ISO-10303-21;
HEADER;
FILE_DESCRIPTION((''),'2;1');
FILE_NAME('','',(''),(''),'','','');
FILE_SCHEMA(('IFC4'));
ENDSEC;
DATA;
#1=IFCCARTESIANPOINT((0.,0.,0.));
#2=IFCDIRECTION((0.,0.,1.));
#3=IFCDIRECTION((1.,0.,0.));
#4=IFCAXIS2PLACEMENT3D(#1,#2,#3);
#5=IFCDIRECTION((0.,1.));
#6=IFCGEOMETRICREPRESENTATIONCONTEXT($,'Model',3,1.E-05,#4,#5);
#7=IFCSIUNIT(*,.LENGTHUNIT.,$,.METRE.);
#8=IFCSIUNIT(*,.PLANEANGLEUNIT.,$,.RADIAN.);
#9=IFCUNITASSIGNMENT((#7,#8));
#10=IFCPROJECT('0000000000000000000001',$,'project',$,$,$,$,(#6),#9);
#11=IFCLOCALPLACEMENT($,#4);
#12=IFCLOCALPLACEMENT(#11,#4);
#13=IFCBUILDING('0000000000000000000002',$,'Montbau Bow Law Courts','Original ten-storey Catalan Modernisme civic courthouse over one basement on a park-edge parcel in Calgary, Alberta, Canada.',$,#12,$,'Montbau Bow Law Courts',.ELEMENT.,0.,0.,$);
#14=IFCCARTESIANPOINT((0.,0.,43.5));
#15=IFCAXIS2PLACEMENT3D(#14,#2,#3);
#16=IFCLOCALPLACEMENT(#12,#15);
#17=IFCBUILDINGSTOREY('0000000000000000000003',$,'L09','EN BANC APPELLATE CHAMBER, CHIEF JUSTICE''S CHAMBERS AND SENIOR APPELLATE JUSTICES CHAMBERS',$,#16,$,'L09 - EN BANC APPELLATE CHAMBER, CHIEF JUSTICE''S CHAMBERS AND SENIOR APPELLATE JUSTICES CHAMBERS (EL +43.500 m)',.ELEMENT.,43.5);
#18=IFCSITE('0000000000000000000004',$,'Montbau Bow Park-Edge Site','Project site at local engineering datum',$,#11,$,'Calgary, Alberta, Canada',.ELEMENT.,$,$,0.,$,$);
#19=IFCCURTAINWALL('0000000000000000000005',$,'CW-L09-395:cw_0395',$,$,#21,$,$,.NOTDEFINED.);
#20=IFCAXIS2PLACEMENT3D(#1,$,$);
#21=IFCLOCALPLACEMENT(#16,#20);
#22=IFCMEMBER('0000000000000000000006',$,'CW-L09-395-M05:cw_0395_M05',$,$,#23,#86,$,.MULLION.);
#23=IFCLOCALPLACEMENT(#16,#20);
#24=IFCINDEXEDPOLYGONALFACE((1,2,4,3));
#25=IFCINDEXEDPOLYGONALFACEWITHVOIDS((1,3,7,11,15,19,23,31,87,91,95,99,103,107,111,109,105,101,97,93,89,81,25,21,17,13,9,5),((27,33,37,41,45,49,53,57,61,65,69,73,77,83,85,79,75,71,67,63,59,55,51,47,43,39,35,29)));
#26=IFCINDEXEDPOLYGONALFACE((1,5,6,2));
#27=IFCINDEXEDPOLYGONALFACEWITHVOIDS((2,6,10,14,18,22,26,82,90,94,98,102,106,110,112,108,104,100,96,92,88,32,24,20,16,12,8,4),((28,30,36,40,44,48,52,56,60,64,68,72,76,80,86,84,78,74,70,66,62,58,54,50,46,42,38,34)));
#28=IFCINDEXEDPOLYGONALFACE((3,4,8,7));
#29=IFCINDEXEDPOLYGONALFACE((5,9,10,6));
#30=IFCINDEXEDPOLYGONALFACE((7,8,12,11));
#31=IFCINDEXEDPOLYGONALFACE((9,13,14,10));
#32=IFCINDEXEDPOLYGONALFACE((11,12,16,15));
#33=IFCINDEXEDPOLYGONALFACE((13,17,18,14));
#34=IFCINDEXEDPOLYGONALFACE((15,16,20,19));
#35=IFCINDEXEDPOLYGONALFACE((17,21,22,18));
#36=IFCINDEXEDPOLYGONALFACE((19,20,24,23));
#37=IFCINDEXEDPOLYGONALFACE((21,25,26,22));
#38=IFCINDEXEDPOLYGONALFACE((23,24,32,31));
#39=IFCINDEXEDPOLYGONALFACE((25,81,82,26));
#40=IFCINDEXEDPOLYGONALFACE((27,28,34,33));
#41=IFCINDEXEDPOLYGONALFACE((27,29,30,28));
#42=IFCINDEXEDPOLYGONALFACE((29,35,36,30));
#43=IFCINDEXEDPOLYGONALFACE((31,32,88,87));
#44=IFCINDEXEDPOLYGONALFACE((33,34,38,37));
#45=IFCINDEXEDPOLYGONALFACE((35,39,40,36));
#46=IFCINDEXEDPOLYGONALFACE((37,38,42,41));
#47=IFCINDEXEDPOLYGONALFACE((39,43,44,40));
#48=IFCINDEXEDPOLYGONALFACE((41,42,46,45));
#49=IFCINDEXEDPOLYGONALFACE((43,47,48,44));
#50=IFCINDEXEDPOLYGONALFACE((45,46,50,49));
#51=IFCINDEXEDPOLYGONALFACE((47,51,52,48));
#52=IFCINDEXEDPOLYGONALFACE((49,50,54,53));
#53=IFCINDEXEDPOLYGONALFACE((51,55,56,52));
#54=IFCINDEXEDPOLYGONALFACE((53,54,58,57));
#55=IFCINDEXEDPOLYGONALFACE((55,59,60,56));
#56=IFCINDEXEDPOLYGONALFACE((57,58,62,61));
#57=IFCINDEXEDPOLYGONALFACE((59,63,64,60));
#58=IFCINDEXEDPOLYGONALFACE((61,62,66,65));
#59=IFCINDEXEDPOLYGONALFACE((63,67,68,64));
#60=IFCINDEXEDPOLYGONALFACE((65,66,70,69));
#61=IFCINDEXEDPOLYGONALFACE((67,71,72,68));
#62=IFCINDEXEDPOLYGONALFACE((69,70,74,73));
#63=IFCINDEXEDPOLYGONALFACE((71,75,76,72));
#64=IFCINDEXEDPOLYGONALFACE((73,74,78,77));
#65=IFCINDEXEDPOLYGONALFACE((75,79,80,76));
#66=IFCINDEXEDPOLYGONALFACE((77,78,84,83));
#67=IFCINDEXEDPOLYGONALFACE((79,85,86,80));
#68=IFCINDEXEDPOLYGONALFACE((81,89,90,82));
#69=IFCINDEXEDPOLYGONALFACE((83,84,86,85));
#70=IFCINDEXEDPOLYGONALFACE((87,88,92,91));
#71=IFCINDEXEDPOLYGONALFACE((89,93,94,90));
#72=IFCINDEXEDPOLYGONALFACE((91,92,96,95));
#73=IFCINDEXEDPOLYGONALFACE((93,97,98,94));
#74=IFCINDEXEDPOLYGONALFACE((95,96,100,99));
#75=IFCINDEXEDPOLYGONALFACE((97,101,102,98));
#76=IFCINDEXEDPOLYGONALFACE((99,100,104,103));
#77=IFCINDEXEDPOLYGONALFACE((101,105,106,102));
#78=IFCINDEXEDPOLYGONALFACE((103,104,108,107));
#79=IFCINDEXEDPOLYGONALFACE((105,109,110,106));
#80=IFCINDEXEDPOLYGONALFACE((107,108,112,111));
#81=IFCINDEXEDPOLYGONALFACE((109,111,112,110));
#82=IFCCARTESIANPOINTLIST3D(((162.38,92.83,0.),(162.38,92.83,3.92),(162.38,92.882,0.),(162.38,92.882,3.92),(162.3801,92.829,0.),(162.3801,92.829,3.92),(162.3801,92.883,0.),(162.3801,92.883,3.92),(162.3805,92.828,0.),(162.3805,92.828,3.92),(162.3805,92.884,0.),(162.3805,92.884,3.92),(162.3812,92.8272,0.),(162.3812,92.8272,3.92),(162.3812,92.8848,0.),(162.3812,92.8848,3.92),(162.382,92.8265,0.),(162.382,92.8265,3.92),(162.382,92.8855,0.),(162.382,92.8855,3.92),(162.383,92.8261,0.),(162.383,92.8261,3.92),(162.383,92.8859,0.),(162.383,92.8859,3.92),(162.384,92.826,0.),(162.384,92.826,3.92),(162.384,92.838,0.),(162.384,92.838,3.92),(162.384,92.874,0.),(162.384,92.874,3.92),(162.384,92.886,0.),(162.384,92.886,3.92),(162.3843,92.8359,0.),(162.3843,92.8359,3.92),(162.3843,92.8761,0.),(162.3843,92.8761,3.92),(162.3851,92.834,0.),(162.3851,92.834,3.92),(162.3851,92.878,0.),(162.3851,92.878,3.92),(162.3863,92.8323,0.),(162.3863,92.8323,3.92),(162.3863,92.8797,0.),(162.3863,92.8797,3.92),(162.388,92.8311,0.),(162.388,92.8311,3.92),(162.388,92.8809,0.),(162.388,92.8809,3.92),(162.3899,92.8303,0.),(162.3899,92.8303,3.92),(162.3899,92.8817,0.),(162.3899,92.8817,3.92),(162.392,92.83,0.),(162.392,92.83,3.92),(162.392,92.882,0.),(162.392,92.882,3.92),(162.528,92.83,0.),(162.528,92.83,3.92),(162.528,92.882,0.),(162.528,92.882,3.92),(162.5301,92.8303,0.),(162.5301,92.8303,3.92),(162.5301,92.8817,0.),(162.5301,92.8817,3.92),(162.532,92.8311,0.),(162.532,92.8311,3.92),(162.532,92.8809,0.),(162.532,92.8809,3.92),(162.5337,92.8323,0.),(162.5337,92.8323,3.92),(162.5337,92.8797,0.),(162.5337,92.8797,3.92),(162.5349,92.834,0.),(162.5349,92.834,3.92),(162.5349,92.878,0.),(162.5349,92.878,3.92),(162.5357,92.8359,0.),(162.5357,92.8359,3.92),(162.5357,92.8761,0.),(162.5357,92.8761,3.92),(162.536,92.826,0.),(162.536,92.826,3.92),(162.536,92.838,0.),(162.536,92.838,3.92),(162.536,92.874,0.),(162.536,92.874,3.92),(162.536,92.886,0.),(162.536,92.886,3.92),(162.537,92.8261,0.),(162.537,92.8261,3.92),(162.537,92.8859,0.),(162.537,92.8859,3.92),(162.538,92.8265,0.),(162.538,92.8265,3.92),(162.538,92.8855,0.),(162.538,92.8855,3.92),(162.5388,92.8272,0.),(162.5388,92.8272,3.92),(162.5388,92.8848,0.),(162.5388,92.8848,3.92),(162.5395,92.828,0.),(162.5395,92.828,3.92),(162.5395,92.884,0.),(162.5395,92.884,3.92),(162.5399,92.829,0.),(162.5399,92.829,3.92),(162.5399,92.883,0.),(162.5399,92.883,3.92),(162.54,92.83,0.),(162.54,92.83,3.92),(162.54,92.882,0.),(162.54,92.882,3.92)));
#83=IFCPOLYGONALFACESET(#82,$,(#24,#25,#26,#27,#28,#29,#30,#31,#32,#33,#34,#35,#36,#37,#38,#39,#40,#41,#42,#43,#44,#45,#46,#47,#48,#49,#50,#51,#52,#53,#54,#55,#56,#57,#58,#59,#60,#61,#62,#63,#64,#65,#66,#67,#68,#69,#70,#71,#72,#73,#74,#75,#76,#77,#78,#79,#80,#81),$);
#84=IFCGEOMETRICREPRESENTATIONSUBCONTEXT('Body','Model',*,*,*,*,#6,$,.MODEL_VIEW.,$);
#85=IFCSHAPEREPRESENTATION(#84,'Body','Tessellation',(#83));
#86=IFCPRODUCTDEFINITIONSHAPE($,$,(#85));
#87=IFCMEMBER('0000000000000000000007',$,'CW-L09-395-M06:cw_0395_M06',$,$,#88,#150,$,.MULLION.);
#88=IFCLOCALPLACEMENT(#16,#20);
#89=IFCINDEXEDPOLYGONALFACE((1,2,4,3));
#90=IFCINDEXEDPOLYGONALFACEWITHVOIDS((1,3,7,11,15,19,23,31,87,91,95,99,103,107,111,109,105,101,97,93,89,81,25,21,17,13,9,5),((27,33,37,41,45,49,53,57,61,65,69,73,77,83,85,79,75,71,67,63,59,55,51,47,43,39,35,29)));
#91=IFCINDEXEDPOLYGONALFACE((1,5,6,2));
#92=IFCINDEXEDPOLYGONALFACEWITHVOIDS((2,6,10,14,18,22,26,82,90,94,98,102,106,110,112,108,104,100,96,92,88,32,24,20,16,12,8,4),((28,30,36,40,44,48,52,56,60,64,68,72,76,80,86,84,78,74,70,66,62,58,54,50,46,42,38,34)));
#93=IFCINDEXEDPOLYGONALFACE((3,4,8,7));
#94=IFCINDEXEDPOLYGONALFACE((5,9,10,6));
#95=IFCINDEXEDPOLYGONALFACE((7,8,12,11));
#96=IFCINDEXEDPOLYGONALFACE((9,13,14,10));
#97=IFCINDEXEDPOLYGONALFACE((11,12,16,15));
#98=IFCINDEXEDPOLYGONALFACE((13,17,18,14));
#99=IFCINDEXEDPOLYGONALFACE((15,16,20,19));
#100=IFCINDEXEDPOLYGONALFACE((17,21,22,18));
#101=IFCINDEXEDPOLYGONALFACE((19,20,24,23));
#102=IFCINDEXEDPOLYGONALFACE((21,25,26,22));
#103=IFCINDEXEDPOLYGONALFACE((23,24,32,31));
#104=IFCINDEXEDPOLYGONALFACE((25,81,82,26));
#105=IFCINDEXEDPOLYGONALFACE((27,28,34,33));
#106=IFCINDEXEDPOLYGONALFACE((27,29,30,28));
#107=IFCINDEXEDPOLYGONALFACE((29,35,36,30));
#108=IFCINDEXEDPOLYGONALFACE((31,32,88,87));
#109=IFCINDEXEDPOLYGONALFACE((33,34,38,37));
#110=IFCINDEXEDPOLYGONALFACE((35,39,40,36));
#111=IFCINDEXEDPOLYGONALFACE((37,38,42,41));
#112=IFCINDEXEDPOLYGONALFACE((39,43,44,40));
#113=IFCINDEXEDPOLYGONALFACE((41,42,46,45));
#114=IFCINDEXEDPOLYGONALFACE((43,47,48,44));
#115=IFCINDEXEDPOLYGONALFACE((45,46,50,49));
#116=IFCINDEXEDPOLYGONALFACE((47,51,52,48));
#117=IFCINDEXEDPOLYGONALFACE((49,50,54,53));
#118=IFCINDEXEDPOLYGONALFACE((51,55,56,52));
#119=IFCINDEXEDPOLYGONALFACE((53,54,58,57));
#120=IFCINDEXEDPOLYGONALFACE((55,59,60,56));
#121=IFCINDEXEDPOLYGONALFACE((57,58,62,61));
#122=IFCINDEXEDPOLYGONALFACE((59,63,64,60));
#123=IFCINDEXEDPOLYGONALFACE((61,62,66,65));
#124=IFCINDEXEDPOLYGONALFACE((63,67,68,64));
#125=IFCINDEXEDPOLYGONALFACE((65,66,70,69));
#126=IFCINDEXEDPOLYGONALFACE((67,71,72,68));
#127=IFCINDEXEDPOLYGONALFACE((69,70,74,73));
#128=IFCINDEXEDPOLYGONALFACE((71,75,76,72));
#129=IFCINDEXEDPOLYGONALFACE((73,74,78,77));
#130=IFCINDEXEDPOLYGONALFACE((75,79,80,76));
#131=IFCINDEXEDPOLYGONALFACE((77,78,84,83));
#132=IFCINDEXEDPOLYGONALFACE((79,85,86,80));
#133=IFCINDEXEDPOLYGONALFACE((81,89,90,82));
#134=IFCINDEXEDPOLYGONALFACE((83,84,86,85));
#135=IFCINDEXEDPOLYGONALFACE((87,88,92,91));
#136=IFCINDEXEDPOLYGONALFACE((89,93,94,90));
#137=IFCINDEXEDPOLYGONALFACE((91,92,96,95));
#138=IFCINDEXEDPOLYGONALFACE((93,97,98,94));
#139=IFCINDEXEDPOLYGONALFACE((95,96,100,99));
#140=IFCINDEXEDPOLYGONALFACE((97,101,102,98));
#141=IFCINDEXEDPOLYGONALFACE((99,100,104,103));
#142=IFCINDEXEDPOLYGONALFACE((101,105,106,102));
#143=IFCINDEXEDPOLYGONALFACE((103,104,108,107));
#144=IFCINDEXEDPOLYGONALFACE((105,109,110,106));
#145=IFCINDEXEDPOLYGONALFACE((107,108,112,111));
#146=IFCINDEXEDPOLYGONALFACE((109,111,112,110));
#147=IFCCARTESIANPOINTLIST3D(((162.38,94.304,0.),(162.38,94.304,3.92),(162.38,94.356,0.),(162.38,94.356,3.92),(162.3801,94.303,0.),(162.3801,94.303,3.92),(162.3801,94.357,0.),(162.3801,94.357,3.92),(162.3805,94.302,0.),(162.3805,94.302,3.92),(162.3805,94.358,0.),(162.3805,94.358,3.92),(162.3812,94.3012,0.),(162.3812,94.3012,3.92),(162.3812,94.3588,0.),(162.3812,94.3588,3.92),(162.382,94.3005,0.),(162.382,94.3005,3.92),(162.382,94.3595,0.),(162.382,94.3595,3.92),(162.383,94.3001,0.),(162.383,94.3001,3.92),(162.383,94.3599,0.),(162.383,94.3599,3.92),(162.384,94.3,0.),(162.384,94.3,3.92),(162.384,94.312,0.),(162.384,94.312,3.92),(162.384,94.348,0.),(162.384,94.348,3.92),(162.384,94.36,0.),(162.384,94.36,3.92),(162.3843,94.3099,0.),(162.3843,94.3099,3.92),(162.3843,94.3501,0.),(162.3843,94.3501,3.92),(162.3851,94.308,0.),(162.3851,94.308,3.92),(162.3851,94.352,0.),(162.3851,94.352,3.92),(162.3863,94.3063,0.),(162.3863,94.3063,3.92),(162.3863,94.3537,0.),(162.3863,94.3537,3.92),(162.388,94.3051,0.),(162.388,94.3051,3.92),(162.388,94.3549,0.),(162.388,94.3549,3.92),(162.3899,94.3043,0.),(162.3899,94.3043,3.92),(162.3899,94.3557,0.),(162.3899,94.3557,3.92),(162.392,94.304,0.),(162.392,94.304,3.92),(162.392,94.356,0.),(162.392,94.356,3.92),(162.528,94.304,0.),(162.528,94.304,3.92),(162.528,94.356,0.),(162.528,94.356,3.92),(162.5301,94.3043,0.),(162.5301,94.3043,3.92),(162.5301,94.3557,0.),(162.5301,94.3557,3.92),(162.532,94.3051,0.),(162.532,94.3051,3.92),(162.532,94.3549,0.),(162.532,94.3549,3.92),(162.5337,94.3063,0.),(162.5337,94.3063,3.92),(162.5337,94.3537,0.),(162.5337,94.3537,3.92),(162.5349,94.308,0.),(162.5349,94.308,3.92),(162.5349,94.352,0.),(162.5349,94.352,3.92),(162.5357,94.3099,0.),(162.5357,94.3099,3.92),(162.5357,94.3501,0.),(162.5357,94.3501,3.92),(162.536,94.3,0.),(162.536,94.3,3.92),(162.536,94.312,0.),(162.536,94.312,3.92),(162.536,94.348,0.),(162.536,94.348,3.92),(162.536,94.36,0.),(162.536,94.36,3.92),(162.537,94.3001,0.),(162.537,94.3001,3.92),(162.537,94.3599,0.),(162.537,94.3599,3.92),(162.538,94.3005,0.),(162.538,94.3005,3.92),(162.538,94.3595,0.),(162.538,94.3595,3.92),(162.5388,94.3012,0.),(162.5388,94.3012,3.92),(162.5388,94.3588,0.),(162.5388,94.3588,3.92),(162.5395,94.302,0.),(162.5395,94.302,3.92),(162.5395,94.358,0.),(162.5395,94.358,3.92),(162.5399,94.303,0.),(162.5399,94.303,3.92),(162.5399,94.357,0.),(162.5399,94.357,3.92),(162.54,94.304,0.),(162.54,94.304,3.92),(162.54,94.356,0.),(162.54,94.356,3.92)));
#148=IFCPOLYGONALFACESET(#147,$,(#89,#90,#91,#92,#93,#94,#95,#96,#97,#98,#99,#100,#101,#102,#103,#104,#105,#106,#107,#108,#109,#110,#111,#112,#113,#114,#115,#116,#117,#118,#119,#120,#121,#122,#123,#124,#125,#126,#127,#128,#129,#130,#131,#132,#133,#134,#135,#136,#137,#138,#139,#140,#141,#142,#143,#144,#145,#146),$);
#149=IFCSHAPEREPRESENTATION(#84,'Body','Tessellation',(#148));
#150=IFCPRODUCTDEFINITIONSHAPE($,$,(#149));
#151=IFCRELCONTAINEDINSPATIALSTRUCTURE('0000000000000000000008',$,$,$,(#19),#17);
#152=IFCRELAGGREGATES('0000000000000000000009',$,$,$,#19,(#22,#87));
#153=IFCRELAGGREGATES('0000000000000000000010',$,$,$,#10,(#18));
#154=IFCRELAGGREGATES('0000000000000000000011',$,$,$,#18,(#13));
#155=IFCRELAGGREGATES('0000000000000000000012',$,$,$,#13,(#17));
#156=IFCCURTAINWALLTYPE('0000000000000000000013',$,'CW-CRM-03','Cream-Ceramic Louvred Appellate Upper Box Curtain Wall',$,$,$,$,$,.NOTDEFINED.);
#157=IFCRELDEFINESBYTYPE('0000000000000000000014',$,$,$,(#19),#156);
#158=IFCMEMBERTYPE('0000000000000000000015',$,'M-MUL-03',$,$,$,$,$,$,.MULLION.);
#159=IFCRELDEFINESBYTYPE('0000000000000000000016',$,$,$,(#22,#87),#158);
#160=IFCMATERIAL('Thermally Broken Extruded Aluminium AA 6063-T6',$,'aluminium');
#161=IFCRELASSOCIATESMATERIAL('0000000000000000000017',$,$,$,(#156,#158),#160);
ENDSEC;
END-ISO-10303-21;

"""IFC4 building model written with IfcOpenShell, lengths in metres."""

from ifc_helpers import new_model, si_unit, direction, frame, origin_with_axes, origin_2d_with_axis, place, context, subcontext, project, spatial, hollow_rectangle, extrude, material, material_profile, profile_set, type_object, element, aggregate, save


model = new_model("IFC4")

# Units and contexts
model_context = context("Model", 3, precision=1e-05, world=origin_with_axes(), true_north=direction((0.0, 1.0)))
body_context = subcontext(model_context, "Body", "Model", "MODEL_VIEW")
ifc_project = project(units=[si_unit("LENGTHUNIT", "METRE"), si_unit("PLANEANGLEUNIT", "RADIAN")], contexts=[model_context])

# Site, building, storey
site_placement = place(None, origin_with_axes())
site = spatial("IfcSite", under=ifc_project, at=site_placement, Name="Montbau Bow Park-Edge Site", Description="Project site at local engineering datum", LongName="Calgary, Alberta, Canada", CompositionType="ELEMENT", RefElevation=0.0)
building_placement = place(site_placement, origin_with_axes())
building = spatial("IfcBuilding", under=site, at=building_placement, Name="Montbau Bow Law Courts", Description="Original ten-storey Catalan Modernisme civic courthouse over one basement on a park-edge parcel in Calgary, Alberta, Canada.", LongName="Montbau Bow Law Courts", CompositionType="ELEMENT", ElevationOfRefHeight=0.0, ElevationOfTerrain=0.0)
storey_placement = place(building_placement, frame((0.0, 0.0, 43.5), z_axis=(0.0, 0.0, 1.0), x_axis=(1.0, 0.0, 0.0)))
storey = spatial("IfcBuildingStorey", under=building, at=storey_placement, Name="L09", Description="EN BANC APPELLATE CHAMBER, CHIEF JUSTICE'S CHAMBERS AND SENIOR APPELLATE JUSTICES CHAMBERS", LongName="L09 - EN BANC APPELLATE CHAMBER, CHIEF JUSTICE'S CHAMBERS AND SENIOR APPELLATE JUSTICES CHAMBERS (EL +43.500 m)", CompositionType="ELEMENT", Elevation=43.5)

# Curtain wall, members
ifc_material_1 = material(Name="Thermally Broken Extruded Aluminium AA 6063-T6", Category="aluminium")
curtain_wall_type = type_object("IfcCurtainWallType", Name="CW-CRM-03", Description="Cream-Ceramic Louvred Appellate Upper Box Curtain Wall", PredefinedType="NOTDEFINED", material=ifc_material_1)
curtain_wall_placement = place(None, frame((162.46, 86.84, 43.5), z_axis=(0.0, 0.0, 1.0), x_axis=(1.0, 0.0, 0.0)))
curtain_wall = element("IfcCurtainWall", 1, at=curtain_wall_placement, inside=storey, type_object=curtain_wall_type, Name="CW-L09-395:cw_0395", PredefinedType="NOTDEFINED")
ifc_material_profile_1 = material_profile(ifc_material_1, hollow_rectangle(XDim=0.06, YDim=0.16, WallThickness=0.004, InnerFilletRadius=0.008, OuterFilletRadius=0.004, at=origin_2d_with_axis()), Name="CWM-160X60", Category="Main", Priority=0)
ifc_profile_set_1 = profile_set([ifc_material_profile_1], Name="Thermally Broken Extruded Aluminium AA 6063-T6")
member_type_1 = type_object("IfcMemberType", Name="M-MUL-03", PredefinedType="MULLION", material=ifc_profile_set_1)
member_1_placement = place(None, frame((162.46, 92.856, 43.5), z_axis=(0.0, 0.0, 1.0), x_axis=(0.0, 1.0, 0.0)))
member_1 = element("IfcMember", 2, at=member_1_placement, type_object=member_type_1, Name="CW-L09-395-M05:cw_0395_M05", PredefinedType="MULLION", context=body_context, shape_type="SweptSolid", body=[
    extrude(hollow_rectangle(XDim=0.06, YDim=0.16, WallThickness=0.004, InnerFilletRadius=0.008, OuterFilletRadius=0.004, at=origin_2d_with_axis()), origin_with_axes(), (0.0, 0.0, 1.0), 3.92),
])
member_2_placement = place(None, frame((162.46, 94.33, 43.5), z_axis=(0.0, 0.0, 1.0), x_axis=(0.0, 1.0, 0.0)))
member_2 = element("IfcMember", 3, at=member_2_placement, type_object=member_type_1, Name="CW-L09-395-M06:cw_0395_M06", PredefinedType="MULLION", context=body_context, shape_type="SweptSolid", body=[
    extrude(hollow_rectangle(XDim=0.06, YDim=0.16, WallThickness=0.004, InnerFilletRadius=0.008, OuterFilletRadius=0.004, at=origin_2d_with_axis()), origin_with_axes(), (0.0, 0.0, 1.0), 3.92),
])
aggregate(curtain_wall, [member_1, member_2])

save(model, "model.ifc")
